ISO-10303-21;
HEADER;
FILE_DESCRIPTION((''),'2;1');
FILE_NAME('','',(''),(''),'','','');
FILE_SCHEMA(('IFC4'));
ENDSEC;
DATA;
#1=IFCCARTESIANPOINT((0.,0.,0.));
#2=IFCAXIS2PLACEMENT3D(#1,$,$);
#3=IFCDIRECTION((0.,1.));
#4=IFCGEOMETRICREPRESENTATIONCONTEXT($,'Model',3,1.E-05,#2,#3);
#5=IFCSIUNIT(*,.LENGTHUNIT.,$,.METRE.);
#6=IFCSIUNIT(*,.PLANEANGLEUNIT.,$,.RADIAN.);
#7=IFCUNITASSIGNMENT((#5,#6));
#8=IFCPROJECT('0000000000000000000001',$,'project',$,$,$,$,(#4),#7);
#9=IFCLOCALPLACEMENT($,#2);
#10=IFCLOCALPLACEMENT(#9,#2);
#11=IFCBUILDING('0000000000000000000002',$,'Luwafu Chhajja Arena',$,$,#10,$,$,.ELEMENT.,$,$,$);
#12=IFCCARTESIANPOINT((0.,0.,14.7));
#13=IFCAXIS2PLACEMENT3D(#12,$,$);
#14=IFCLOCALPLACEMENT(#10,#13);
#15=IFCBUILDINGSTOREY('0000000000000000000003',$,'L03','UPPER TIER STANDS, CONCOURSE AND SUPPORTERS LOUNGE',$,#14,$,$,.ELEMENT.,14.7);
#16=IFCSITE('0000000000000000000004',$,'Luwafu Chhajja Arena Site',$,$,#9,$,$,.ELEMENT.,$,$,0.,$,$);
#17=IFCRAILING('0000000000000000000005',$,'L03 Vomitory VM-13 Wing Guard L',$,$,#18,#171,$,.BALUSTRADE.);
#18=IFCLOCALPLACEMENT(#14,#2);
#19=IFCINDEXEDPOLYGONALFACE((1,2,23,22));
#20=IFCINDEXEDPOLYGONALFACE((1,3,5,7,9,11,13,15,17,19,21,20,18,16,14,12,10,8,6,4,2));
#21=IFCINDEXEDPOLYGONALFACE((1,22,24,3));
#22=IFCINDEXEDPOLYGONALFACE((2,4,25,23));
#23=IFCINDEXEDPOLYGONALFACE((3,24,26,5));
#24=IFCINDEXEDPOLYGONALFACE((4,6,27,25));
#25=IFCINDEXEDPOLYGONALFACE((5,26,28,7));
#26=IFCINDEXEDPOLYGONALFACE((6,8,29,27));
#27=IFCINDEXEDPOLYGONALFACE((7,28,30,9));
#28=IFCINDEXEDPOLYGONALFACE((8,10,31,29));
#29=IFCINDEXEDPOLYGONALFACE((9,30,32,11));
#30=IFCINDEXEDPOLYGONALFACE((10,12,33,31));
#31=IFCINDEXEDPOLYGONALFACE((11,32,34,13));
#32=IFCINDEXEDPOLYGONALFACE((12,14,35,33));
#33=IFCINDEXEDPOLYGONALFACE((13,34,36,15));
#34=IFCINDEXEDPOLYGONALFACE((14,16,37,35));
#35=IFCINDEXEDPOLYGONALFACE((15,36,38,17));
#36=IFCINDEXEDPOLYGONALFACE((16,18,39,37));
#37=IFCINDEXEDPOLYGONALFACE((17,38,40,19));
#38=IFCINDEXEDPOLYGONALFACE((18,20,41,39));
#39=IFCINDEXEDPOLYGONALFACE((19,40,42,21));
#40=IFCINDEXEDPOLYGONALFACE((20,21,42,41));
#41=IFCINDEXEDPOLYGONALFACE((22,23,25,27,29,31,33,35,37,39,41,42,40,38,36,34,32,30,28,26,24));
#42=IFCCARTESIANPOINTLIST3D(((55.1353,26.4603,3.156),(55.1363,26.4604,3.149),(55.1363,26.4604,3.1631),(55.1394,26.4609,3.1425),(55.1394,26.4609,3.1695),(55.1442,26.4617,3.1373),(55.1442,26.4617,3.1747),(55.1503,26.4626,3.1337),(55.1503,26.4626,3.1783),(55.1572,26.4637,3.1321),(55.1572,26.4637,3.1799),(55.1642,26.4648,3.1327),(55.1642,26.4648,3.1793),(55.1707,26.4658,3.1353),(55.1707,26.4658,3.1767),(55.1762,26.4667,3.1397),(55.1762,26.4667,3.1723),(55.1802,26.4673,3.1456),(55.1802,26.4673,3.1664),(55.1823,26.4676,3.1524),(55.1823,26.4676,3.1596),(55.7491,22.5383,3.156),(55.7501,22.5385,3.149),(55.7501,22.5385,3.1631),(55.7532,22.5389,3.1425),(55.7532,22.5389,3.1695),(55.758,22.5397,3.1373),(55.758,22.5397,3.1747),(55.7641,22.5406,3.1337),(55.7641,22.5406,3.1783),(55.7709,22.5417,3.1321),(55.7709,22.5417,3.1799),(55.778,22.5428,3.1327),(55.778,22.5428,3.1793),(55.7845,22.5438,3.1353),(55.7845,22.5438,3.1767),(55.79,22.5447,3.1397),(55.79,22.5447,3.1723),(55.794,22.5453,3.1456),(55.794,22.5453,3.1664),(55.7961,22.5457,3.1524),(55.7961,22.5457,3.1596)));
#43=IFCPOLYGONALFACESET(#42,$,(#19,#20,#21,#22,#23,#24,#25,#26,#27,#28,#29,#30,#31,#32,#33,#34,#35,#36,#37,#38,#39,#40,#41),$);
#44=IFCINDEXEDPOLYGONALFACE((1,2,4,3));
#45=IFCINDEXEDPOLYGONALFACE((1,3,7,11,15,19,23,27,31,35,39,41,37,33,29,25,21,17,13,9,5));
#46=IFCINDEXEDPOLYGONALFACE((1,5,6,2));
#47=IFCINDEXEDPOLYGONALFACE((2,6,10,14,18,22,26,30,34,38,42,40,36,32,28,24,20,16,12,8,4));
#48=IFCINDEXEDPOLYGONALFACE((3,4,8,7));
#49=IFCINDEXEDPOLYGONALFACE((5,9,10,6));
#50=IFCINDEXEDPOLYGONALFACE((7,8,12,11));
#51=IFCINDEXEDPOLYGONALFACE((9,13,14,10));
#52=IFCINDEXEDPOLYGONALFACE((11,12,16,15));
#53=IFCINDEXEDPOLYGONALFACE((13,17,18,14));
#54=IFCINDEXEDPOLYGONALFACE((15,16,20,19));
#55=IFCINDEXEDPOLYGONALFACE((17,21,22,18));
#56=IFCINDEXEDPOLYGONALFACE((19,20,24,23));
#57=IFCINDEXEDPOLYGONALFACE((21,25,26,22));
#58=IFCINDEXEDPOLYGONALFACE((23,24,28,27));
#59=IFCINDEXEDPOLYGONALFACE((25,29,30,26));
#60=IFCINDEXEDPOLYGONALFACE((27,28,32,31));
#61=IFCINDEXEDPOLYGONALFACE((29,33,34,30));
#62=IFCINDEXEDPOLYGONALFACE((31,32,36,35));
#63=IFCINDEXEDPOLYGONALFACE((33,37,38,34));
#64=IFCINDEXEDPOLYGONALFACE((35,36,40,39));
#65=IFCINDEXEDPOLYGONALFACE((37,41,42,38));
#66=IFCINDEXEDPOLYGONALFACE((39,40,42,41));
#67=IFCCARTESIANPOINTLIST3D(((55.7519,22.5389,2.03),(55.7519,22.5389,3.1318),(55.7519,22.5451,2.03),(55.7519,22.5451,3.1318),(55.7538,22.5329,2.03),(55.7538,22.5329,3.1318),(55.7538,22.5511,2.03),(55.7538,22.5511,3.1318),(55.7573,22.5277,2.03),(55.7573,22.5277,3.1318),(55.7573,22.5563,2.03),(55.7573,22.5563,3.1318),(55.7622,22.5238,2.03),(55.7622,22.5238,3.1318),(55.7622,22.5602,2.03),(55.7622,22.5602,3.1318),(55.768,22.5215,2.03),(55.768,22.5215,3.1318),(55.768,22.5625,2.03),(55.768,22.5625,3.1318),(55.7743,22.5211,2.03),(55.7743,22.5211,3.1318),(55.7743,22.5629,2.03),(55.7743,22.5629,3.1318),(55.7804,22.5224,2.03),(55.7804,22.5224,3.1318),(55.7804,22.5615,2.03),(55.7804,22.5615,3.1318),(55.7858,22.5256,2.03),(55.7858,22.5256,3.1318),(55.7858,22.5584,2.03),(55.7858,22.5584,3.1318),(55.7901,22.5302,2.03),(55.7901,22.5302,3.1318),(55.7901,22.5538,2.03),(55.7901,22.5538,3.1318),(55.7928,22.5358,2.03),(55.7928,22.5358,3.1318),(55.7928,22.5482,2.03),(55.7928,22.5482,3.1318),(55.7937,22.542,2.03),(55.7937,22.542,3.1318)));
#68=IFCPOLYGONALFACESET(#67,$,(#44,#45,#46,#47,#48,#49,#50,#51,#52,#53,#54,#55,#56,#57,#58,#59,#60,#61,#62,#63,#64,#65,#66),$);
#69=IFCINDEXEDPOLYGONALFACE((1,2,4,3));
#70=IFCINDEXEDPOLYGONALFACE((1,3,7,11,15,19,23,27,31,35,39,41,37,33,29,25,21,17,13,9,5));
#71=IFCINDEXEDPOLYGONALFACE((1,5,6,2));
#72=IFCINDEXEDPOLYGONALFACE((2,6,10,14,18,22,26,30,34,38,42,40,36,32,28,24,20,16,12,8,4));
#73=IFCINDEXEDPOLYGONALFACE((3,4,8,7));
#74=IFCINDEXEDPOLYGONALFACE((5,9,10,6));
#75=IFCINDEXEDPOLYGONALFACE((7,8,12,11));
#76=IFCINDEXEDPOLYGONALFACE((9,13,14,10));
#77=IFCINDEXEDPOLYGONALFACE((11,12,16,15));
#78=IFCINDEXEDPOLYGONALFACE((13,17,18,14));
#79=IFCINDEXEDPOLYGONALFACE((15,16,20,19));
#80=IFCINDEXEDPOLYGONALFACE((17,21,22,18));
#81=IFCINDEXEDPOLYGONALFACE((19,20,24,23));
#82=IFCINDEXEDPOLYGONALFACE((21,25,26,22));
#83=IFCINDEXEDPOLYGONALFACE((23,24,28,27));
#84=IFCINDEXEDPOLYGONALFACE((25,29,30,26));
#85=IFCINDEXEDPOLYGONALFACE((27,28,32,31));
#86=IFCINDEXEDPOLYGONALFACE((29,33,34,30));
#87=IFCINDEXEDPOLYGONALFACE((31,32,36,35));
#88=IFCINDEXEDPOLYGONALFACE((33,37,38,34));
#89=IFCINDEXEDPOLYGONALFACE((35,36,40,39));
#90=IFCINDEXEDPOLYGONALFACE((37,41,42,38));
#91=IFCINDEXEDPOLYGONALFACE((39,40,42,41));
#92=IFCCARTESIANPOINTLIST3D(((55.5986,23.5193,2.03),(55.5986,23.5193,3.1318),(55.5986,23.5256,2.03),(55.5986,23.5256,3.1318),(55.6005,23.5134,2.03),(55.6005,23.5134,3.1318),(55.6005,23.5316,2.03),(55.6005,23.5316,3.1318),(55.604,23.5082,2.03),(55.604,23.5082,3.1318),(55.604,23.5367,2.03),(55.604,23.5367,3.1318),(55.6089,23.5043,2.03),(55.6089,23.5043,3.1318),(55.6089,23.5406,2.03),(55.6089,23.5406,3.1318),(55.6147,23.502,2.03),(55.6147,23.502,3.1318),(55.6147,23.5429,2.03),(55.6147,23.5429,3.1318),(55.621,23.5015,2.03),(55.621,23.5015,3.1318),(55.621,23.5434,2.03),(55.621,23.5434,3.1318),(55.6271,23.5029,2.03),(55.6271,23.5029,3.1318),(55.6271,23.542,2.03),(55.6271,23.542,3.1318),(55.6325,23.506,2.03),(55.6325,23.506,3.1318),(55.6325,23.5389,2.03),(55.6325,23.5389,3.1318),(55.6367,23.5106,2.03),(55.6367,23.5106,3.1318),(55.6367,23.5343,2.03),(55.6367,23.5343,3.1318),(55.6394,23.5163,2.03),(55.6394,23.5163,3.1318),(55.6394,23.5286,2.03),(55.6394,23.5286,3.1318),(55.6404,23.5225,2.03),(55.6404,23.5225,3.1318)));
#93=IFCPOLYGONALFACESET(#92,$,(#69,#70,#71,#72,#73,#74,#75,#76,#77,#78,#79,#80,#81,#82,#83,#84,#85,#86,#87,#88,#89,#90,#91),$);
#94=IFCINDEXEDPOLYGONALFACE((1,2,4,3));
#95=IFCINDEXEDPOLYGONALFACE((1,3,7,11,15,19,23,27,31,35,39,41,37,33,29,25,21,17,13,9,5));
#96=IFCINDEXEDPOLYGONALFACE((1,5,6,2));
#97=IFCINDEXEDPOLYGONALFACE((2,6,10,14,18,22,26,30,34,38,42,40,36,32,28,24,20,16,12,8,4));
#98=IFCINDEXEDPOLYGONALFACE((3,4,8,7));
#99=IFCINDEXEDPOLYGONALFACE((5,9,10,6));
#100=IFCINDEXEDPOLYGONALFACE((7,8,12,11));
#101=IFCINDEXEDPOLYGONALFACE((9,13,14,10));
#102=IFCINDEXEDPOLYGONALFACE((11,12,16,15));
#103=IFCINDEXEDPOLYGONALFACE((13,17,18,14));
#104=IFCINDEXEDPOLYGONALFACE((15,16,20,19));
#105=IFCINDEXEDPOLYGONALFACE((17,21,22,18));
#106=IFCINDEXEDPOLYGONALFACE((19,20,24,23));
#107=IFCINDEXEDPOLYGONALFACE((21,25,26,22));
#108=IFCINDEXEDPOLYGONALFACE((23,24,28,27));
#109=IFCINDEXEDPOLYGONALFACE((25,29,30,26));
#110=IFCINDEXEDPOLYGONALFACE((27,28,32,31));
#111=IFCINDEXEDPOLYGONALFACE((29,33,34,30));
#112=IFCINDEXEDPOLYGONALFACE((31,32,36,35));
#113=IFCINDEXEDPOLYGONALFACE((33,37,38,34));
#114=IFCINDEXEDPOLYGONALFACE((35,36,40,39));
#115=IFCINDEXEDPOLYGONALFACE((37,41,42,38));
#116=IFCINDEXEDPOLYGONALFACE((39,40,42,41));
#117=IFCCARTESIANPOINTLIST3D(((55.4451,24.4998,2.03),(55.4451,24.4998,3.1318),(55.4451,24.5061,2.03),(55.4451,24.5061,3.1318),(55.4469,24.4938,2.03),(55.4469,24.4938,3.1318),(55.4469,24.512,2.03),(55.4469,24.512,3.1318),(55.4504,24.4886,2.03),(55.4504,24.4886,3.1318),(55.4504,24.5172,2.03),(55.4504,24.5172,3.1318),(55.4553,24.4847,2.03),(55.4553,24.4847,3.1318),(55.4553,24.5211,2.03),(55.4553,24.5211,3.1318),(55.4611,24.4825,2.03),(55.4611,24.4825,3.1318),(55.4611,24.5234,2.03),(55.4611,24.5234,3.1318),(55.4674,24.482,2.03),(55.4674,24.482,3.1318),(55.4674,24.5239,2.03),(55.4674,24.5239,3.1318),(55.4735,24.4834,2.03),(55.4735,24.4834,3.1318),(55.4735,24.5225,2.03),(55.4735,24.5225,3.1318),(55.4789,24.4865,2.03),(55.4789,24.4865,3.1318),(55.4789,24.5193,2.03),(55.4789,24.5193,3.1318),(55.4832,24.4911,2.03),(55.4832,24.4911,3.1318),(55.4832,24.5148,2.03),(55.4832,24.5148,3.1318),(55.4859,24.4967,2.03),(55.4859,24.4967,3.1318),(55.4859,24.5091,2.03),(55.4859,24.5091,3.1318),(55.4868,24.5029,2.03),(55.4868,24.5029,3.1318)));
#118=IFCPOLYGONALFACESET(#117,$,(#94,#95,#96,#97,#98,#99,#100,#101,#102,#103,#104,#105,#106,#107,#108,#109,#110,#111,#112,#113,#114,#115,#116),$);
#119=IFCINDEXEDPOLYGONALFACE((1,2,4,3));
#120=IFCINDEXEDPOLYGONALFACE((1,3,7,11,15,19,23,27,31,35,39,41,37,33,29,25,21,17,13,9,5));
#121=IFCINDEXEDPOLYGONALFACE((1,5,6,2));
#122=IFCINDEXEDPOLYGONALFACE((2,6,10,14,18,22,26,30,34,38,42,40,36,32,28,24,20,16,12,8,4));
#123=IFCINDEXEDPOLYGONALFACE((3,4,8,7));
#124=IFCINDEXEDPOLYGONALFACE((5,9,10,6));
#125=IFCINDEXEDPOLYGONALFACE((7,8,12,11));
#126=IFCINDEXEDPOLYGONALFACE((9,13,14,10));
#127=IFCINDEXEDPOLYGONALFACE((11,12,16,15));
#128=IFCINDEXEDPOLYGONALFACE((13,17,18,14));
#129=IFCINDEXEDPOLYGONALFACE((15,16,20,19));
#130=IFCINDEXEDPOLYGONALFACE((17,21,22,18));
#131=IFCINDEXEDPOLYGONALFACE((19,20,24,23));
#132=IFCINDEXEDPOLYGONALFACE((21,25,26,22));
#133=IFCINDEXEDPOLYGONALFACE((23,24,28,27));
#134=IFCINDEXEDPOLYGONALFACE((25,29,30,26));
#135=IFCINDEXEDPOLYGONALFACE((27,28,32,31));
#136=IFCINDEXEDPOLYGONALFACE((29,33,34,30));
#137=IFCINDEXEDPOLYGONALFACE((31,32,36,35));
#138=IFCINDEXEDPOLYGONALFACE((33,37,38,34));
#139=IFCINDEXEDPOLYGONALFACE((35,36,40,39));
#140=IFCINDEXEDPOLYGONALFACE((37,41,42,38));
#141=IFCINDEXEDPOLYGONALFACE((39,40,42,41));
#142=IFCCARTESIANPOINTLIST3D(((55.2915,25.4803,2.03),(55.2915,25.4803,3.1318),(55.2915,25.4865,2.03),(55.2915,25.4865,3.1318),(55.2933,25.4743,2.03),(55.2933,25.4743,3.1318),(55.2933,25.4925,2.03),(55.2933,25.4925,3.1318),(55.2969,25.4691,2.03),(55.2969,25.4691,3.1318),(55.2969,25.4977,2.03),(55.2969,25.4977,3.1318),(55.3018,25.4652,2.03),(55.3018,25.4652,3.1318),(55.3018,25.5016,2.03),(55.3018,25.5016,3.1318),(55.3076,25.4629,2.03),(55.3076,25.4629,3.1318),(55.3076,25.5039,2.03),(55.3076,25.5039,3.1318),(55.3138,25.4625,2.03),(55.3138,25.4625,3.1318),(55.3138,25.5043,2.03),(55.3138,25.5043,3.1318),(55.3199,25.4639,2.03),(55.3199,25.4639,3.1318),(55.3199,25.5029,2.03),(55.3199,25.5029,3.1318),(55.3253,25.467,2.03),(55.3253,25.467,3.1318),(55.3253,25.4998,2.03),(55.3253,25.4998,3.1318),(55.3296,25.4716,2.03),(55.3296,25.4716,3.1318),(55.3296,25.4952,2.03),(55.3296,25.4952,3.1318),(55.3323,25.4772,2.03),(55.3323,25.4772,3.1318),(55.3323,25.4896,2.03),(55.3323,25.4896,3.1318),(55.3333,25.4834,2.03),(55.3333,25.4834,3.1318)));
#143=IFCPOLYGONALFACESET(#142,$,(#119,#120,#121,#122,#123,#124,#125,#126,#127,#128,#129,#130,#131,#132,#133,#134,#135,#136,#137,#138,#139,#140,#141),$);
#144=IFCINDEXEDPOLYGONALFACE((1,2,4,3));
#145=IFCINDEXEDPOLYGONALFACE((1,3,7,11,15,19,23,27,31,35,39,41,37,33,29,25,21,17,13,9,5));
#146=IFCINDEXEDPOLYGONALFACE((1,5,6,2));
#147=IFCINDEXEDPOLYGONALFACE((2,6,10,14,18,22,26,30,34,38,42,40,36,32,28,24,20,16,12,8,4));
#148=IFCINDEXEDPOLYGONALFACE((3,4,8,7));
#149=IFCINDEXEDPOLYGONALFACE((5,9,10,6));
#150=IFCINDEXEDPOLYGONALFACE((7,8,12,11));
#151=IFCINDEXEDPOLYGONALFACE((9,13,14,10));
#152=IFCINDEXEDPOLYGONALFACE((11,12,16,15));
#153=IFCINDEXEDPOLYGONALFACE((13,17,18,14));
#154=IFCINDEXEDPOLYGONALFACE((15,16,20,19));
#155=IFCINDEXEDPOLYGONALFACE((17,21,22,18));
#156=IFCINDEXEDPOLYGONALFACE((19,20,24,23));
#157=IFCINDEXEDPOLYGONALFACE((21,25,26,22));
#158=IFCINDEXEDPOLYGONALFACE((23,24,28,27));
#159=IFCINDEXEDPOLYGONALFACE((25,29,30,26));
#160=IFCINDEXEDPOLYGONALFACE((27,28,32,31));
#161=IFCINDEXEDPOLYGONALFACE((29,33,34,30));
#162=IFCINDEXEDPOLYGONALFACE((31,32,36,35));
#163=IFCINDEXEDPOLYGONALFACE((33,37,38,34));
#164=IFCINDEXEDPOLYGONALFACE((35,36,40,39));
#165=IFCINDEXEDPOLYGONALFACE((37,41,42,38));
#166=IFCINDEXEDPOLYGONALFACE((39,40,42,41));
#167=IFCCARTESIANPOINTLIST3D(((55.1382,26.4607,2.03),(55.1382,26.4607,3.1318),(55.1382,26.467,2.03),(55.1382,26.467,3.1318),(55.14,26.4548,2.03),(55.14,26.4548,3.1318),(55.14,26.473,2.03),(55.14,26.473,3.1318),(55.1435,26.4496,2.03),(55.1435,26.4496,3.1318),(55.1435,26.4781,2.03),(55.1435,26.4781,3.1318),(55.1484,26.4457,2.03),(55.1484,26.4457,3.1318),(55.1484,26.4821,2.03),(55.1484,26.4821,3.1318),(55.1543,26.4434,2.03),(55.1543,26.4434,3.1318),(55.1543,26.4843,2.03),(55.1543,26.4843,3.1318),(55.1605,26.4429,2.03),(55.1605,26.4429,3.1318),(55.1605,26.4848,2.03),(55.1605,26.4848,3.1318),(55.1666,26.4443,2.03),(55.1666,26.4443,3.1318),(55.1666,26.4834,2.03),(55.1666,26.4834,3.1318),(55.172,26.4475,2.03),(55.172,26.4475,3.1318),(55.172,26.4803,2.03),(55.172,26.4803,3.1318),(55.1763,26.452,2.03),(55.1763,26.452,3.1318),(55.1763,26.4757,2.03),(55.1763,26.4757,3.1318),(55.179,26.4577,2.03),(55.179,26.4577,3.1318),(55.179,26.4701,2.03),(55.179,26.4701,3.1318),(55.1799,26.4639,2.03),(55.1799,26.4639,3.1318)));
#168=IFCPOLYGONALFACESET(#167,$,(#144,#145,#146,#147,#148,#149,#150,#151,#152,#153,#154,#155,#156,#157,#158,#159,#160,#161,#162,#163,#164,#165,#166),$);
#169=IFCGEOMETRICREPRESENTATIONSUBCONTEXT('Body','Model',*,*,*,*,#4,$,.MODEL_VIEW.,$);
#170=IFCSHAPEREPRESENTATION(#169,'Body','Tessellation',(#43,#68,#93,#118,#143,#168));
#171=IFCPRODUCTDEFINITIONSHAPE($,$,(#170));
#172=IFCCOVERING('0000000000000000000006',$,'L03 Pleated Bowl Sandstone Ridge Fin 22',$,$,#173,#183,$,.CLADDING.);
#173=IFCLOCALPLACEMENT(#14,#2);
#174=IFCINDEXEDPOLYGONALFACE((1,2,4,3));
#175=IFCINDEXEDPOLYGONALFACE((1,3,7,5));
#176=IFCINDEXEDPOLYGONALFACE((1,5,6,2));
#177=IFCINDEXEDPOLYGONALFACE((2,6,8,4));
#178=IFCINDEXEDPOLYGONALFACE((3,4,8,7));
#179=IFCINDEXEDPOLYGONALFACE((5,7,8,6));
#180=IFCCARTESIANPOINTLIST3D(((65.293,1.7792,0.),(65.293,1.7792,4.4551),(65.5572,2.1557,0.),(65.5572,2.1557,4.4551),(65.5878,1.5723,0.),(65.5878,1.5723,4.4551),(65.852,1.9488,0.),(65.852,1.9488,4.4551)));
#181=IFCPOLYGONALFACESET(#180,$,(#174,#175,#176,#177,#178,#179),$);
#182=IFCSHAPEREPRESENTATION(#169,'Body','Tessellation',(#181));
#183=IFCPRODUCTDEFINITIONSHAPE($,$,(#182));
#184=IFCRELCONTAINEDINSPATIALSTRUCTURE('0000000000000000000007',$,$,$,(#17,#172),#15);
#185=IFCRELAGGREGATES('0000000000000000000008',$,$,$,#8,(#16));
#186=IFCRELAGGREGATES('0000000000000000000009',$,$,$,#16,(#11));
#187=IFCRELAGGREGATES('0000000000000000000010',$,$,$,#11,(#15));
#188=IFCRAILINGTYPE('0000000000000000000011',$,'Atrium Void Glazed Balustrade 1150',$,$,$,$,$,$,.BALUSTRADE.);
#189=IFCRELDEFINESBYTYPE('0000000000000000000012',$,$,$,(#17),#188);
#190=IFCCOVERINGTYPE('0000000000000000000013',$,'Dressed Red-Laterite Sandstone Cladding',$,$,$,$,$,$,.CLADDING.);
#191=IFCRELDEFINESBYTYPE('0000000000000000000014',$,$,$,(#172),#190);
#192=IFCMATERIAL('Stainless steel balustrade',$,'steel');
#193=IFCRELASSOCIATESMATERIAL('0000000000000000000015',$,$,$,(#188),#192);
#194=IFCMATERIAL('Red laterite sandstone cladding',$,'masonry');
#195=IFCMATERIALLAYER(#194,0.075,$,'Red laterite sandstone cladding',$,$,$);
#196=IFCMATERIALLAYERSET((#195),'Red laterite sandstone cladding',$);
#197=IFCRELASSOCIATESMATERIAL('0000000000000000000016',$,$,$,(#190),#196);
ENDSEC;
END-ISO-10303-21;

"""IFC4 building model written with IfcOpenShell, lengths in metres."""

from ifc_helpers import new_model, si_unit, direction, frame, origin, origin_2d, place, context, subcontext, project, spatial, rectangle, circle, extrude, material, layer, layer_set, type_object, element, save


model = new_model("IFC4")

# Units and contexts
model_context = context("Model", 3, precision=1e-05, world=origin(), true_north=direction((0.0, 1.0)))
body_context = subcontext(model_context, "Body", "Model", "MODEL_VIEW")
ifc_project = project(units=[si_unit("LENGTHUNIT", "METRE"), si_unit("PLANEANGLEUNIT", "RADIAN")], contexts=[model_context])

# Site, building, storey
site_placement = place(None, origin())
site = spatial("IfcSite", under=ifc_project, at=site_placement, Name="Luwafu Chhajja Arena Site", CompositionType="ELEMENT", RefElevation=0.0)
building_placement = place(site_placement, origin())
building = spatial("IfcBuilding", under=site, at=building_placement, Name="Luwafu Chhajja Arena", CompositionType="ELEMENT")
storey_placement = place(building_placement, frame((0.0, 0.0, 14.7)))
storey = spatial("IfcBuildingStorey", under=building, at=storey_placement, Name="L03", Description="UPPER TIER STANDS, CONCOURSE AND SUPPORTERS LOUNGE", CompositionType="ELEMENT", Elevation=14.7)

# Railing
ifc_material_1 = material(Name="Stainless steel balustrade", Category="steel")
railing_type_1 = type_object("IfcRailingType", Name="Atrium Void Glazed Balustrade 1150", PredefinedType="BALUSTRADE", material=ifc_material_1)
railing_1_placement = place(storey_placement, frame((55.7727, 22.542, 2.03)))
element("IfcRailing", 1, at=railing_1_placement, inside=storey, type_object=railing_type_1, Name="L03 Vomitory VM-13 Wing Guard L", PredefinedType="BALUSTRADE", context=body_context, shape_type="SweptSolid", body=[
    extrude(circle(Radius=0.0239, at=origin_2d()), frame((0.0, 0.0, 1.126), z_axis=(-0.154617, 0.987974, 0.0), x_axis=(-0.987974, -0.154617, 0.0)), (0.0, 0.0, 1.0), 3.9697),
    extrude(circle(Radius=0.021, at=origin_2d()), origin(), (0.0, 0.0, 1.0), 1.1018),
    extrude(circle(Radius=0.021, at=origin_2d()), frame((-0.1533, 0.9805, 0.0)), (0.0, 0.0, 1.0), 1.1018),
    extrude(circle(Radius=0.021, at=origin_2d()), frame((-0.3069, 1.9609, 0.0)), (0.0, 0.0, 1.0), 1.1018),
    extrude(circle(Radius=0.021, at=origin_2d()), frame((-0.4604, 2.9414, 0.0)), (0.0, 0.0, 1.0), 1.1018),
    extrude(circle(Radius=0.021, at=origin_2d()), frame((-0.6138, 3.9219, 0.0)), (0.0, 0.0, 1.0), 1.1018),
])

# Covering
ifc_material_2 = material(Name="Red laterite sandstone cladding", Category="masonry")
ifc_layer_1 = layer(ifc_material_2, 0.075, Name="Red laterite sandstone cladding")
ifc_layer_set_1 = layer_set([ifc_layer_1], Name="Red laterite sandstone cladding")
covering_type = type_object("IfcCoveringType", Name="Dressed Red-Laterite Sandstone Cladding", PredefinedType="CLADDING", material=ifc_layer_set_1)
covering_placement = place(storey_placement, frame((65.5725, 1.864, 0.0), z_axis=(0.0, 0.0, 1.0), x_axis=(-0.574411, -0.818567, 0.0)))
element("IfcCovering", 2, at=covering_placement, inside=storey, type_object=covering_type, Name="L03 Pleated Bowl Sandstone Ridge Fin 22", PredefinedType="CLADDING", context=body_context, shape_type="SweptSolid", body=[
    extrude(rectangle(XDim=0.46, YDim=0.3601, at=origin_2d()), origin(), (0.0, 0.0, 1.0), 4.4551),
])

save(model, "model.ifc")
